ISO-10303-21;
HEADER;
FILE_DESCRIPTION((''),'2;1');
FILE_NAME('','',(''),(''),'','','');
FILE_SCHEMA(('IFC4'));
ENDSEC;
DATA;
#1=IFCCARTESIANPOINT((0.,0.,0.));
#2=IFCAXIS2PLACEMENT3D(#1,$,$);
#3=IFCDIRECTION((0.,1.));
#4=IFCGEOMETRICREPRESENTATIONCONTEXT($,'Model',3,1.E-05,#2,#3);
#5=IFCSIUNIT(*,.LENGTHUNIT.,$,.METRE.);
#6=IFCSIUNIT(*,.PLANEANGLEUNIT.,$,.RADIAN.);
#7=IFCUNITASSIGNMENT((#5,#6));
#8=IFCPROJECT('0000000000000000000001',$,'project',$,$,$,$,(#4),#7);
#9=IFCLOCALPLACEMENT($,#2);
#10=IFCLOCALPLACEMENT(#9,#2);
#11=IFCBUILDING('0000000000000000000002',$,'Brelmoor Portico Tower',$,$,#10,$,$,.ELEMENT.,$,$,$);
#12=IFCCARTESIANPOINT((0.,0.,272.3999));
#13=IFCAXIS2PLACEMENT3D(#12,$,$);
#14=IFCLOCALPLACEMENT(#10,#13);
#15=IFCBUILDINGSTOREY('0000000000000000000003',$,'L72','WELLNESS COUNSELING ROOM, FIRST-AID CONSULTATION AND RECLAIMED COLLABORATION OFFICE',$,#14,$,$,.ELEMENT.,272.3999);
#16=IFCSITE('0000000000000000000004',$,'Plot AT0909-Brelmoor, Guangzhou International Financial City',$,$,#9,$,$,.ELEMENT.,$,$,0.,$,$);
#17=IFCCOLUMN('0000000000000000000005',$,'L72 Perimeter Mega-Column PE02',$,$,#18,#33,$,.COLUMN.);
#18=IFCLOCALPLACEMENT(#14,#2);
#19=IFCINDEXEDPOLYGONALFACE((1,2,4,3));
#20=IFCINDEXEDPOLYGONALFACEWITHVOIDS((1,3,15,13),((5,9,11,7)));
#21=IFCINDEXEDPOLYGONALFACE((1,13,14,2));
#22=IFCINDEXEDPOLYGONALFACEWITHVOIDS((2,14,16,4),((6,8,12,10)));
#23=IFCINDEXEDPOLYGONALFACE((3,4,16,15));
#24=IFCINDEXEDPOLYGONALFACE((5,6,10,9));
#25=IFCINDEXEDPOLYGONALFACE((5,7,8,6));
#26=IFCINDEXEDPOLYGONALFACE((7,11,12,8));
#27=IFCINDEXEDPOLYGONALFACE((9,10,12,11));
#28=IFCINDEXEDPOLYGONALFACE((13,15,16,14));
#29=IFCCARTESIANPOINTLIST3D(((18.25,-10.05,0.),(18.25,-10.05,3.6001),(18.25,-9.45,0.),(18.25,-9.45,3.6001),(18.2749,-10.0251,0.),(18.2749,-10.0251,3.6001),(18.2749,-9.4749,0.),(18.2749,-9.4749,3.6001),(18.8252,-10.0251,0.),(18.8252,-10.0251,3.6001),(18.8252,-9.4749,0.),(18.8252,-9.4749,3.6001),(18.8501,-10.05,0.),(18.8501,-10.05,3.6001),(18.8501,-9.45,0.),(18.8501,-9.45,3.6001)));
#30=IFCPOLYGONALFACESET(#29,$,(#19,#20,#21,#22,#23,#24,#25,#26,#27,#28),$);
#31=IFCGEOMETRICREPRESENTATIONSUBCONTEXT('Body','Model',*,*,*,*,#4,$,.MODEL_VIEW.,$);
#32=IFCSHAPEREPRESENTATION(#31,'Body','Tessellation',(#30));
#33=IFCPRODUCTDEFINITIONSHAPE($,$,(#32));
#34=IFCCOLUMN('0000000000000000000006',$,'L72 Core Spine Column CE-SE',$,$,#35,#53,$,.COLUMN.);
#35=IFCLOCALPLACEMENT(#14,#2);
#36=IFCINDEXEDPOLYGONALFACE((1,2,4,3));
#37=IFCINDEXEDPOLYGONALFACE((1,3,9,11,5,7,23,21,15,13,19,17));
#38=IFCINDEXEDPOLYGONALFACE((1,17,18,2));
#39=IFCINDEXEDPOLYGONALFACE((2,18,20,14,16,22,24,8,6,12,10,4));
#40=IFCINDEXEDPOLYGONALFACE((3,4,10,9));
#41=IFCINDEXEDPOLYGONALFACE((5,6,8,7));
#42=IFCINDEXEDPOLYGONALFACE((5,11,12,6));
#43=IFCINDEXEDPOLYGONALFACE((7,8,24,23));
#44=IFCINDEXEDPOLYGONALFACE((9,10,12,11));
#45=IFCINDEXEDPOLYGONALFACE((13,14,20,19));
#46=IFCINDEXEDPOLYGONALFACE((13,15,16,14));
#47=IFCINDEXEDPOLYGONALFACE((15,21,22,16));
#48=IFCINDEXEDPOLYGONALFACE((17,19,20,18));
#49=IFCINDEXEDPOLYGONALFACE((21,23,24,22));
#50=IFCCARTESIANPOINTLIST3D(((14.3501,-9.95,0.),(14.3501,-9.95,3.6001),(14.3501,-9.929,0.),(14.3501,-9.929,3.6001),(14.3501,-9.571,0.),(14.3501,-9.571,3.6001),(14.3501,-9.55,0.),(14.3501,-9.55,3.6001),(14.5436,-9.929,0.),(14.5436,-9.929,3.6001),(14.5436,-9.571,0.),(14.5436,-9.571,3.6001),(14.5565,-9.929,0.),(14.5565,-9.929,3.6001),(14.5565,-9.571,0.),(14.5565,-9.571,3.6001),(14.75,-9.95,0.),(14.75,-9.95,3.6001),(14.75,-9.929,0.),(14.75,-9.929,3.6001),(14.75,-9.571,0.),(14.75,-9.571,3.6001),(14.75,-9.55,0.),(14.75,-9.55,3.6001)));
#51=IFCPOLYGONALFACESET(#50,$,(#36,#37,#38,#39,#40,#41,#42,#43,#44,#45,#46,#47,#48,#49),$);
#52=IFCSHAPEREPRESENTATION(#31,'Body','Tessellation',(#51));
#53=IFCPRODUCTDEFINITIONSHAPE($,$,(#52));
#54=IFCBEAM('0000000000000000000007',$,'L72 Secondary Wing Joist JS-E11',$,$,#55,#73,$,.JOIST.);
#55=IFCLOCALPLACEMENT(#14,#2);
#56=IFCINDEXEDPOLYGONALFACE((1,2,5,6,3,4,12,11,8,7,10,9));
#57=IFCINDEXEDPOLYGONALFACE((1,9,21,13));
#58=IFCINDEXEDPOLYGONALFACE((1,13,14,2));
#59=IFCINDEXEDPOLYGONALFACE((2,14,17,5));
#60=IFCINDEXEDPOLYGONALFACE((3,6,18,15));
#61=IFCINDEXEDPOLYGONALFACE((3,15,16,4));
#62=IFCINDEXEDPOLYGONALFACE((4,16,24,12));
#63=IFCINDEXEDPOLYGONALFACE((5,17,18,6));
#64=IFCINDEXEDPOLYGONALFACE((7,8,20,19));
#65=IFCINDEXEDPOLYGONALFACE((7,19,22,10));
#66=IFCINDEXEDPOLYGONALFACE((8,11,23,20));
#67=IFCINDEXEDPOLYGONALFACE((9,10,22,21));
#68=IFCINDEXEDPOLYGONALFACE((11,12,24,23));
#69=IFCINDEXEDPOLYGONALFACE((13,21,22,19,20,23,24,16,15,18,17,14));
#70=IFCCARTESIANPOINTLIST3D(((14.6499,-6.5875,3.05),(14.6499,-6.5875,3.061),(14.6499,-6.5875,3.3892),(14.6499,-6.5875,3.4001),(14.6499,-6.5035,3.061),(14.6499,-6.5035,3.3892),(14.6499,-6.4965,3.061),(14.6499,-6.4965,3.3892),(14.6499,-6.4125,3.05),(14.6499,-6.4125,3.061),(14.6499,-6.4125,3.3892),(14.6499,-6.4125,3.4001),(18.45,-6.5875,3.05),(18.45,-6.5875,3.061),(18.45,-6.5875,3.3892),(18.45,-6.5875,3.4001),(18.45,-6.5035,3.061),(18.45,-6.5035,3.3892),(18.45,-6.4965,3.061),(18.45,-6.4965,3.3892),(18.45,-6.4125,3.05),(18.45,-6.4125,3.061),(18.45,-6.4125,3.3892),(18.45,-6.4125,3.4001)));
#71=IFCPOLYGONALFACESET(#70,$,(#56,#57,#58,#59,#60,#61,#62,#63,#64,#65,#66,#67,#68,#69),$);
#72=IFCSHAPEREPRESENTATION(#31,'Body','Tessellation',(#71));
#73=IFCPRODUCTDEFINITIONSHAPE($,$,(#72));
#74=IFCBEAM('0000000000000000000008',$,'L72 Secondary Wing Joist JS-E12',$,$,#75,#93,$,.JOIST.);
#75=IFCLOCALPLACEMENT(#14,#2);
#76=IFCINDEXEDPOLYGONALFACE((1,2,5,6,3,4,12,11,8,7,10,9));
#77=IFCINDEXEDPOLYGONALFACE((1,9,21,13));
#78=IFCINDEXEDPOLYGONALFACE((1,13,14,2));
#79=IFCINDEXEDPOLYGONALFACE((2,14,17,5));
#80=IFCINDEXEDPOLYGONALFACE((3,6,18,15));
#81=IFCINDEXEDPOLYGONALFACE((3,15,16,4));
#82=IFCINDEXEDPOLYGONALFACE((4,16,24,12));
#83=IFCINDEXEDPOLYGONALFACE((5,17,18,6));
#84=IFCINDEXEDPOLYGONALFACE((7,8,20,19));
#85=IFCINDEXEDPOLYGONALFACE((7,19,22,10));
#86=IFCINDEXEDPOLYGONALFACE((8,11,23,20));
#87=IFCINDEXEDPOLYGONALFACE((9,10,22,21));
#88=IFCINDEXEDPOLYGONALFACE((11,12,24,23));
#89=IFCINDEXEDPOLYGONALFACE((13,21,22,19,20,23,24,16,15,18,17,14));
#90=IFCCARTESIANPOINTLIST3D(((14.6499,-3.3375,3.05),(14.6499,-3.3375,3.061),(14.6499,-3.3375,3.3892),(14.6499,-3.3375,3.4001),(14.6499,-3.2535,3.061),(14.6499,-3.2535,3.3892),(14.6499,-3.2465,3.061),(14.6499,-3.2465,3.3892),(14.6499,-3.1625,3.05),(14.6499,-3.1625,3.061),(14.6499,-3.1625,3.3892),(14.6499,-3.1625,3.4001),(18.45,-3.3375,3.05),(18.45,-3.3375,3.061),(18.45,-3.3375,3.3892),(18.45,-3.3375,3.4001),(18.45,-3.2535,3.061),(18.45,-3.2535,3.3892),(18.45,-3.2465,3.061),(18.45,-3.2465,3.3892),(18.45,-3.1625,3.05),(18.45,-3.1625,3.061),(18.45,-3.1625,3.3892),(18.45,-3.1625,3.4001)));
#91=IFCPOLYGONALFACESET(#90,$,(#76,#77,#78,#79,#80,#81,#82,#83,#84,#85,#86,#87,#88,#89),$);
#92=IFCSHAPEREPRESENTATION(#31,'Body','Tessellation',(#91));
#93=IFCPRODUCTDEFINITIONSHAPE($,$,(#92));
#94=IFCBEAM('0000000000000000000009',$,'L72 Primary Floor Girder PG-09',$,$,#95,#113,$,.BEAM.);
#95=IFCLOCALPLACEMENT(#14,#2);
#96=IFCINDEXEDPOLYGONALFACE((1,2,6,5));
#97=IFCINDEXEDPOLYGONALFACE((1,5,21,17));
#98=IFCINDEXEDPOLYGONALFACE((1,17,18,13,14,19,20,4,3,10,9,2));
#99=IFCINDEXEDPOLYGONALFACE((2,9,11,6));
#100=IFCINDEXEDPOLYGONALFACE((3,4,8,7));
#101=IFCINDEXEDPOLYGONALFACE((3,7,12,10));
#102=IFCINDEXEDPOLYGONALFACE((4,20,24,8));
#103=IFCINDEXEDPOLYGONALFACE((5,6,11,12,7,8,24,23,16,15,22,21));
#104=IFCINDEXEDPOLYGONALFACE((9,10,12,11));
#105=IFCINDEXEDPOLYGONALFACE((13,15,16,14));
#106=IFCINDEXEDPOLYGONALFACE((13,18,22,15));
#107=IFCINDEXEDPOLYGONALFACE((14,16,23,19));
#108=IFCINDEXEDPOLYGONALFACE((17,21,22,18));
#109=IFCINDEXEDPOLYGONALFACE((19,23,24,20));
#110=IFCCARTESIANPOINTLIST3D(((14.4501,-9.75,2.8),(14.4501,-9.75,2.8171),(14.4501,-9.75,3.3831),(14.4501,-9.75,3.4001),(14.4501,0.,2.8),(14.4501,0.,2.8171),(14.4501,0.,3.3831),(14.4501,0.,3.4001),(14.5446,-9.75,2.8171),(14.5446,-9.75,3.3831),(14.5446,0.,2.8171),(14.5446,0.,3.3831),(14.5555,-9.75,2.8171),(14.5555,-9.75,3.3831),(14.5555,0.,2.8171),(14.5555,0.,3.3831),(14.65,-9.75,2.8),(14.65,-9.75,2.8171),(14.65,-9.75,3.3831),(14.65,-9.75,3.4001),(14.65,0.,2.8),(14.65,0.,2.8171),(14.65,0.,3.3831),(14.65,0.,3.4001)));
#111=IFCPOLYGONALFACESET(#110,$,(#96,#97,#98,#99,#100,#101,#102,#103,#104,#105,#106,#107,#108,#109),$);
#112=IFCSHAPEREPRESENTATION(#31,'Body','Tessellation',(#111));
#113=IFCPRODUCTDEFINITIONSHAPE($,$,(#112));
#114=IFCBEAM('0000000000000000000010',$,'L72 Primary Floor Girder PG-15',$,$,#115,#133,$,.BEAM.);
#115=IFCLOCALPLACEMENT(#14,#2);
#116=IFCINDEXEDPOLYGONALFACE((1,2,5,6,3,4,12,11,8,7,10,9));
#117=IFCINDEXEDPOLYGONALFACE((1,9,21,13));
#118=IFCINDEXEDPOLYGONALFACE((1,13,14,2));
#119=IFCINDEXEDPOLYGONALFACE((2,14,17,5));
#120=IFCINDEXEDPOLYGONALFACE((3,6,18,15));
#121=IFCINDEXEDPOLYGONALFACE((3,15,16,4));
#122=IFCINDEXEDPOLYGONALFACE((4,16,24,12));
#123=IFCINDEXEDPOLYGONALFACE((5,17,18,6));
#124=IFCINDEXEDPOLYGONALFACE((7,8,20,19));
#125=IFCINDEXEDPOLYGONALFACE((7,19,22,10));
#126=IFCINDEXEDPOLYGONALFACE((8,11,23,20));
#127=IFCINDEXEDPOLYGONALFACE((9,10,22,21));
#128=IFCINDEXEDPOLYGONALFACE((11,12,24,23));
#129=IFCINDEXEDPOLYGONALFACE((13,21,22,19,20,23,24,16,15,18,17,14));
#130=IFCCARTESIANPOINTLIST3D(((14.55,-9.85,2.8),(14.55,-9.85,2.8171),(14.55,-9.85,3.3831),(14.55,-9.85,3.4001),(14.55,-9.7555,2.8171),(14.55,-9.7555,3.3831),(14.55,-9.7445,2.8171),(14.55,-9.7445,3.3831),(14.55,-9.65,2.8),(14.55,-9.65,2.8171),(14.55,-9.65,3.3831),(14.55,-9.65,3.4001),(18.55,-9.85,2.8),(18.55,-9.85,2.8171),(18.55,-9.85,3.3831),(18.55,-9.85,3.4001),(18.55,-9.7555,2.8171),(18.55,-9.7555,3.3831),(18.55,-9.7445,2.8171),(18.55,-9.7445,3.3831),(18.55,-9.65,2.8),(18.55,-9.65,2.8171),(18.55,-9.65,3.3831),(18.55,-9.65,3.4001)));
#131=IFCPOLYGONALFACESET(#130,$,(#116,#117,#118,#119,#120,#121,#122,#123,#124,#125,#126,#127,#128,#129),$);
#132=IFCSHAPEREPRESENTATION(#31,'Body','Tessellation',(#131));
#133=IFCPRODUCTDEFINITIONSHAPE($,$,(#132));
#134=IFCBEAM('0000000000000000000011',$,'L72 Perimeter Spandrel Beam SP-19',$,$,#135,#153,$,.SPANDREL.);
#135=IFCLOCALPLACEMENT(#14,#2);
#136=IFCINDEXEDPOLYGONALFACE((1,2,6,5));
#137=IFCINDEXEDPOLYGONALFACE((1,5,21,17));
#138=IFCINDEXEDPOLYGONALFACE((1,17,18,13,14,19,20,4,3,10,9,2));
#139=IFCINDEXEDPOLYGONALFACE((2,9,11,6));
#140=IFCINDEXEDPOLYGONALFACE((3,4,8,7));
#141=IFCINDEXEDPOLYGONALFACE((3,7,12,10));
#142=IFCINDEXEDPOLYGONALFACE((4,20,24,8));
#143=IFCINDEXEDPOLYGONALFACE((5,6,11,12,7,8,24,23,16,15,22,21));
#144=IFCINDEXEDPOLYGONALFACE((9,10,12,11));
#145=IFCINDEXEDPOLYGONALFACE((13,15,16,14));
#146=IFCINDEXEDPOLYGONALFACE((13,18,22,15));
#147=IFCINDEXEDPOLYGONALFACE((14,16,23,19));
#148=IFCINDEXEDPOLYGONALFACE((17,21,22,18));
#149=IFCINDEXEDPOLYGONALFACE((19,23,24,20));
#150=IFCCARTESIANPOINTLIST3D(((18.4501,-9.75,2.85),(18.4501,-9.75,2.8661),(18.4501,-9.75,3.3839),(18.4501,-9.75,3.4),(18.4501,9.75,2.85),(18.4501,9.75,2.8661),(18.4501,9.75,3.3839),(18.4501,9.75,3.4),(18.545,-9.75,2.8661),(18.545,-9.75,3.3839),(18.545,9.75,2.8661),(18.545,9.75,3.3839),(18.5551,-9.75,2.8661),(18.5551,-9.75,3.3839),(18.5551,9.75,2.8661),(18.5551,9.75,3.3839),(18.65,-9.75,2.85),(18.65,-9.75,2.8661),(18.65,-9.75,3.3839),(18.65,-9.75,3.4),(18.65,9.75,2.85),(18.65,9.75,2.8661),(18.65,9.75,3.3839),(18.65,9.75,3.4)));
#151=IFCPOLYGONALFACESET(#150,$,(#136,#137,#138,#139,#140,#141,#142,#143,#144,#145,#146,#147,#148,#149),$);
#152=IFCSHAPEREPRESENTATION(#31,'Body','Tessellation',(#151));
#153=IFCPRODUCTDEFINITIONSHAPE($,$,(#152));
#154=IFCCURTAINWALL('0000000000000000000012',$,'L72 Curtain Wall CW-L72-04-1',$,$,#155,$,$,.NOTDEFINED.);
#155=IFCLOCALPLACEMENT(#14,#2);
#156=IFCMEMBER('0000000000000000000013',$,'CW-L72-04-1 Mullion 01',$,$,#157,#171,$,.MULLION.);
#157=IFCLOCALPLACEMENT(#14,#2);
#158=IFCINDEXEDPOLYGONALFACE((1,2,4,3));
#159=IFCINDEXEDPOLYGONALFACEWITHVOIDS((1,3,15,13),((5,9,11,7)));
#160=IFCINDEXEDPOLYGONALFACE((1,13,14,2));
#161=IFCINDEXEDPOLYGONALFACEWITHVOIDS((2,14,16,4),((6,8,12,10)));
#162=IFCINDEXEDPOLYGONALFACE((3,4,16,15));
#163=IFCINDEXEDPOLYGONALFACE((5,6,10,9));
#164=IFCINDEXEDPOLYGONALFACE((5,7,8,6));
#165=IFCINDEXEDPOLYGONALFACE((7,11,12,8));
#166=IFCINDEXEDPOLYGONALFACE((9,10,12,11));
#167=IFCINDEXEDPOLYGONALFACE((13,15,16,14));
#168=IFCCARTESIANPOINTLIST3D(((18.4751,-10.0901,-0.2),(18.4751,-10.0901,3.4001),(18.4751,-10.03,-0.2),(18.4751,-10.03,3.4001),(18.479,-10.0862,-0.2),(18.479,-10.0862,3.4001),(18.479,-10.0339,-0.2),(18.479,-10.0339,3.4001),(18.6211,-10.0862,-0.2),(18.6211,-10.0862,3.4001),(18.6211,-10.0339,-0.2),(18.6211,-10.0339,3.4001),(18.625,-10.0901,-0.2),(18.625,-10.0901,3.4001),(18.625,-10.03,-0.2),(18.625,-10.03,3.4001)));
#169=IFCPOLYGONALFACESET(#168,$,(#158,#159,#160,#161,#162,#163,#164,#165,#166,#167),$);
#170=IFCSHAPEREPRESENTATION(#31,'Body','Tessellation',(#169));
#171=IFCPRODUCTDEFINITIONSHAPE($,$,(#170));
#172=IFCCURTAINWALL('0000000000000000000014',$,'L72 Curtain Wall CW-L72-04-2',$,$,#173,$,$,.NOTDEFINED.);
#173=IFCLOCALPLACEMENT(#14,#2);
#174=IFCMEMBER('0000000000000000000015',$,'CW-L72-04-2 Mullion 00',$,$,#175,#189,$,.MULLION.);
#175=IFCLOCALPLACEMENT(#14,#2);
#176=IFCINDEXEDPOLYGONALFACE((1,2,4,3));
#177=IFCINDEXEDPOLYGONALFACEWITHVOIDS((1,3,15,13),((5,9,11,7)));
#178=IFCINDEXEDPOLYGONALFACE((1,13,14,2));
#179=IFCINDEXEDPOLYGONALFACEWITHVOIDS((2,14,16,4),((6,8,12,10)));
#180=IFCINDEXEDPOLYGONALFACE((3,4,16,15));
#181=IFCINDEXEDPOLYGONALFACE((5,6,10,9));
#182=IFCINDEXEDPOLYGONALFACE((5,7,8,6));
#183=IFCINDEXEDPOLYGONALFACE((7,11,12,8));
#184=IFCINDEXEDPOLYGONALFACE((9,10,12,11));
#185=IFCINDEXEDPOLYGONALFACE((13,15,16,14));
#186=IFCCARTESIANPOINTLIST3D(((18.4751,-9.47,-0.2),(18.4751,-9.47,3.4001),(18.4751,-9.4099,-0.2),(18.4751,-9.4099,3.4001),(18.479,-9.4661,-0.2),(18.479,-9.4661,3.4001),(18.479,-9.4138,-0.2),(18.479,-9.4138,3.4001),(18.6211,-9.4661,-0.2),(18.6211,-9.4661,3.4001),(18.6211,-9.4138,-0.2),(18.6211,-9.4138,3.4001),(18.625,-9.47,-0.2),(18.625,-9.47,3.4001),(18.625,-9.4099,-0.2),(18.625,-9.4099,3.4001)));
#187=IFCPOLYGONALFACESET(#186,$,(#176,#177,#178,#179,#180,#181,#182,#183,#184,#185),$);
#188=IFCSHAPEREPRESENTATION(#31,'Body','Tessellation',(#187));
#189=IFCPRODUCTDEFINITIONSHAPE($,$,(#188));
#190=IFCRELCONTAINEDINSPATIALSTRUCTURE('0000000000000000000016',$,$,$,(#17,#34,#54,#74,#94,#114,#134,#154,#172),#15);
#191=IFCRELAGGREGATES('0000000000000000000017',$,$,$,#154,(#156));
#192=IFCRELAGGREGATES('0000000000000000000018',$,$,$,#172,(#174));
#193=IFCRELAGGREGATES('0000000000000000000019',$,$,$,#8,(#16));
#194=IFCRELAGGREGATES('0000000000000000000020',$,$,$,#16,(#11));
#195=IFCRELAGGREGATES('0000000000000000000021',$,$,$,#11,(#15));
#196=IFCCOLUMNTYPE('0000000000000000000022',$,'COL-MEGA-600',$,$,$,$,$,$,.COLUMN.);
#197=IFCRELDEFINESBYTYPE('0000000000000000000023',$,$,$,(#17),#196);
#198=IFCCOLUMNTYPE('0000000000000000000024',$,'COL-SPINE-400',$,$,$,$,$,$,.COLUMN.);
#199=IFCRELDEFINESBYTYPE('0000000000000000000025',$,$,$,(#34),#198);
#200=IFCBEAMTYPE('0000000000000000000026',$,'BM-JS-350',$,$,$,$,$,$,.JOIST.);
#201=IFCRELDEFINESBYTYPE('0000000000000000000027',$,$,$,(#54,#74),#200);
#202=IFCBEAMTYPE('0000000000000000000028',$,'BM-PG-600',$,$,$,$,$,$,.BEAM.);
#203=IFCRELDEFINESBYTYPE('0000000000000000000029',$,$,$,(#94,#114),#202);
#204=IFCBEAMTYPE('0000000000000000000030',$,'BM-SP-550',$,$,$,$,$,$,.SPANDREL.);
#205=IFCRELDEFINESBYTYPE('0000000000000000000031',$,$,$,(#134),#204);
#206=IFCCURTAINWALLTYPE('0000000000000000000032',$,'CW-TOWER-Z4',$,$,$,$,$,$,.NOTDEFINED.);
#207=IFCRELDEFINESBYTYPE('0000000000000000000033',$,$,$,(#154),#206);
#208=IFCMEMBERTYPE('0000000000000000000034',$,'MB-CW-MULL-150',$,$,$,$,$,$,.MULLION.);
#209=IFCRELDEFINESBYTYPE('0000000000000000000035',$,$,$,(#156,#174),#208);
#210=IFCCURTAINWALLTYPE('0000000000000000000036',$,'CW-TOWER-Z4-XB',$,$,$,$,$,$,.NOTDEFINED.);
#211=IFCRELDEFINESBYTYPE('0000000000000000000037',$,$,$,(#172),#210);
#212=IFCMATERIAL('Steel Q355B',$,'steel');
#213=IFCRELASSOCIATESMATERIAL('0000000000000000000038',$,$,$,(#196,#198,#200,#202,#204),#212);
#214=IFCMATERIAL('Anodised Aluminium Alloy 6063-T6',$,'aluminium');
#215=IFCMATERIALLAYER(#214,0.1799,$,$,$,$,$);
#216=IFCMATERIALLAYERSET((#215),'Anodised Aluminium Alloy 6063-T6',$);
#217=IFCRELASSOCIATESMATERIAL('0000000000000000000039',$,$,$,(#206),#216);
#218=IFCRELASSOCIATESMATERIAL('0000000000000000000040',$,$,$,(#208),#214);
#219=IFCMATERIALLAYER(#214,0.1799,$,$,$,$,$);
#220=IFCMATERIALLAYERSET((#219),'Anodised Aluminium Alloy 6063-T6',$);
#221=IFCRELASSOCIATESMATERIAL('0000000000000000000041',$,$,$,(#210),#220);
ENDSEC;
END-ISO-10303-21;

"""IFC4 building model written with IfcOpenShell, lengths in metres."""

from ifc_helpers import new_model, si_unit, direction, frame, origin, origin_2d, place, context, subcontext, project, spatial, hollow_rectangle, i_section, extrude, material, layer, layer_set, material_profile, profile_set, type_object, element, aggregate, save


model = new_model("IFC4")

# Units and contexts
model_context = context("Model", 3, precision=1e-05, world=origin(), true_north=direction((0.0, 1.0)))
body_context = subcontext(model_context, "Body", "Model", "MODEL_VIEW")
ifc_project = project(units=[si_unit("LENGTHUNIT", "METRE"), si_unit("PLANEANGLEUNIT", "RADIAN")], contexts=[model_context])

# Site, building, storey
site_placement = place(None, origin())
site = spatial("IfcSite", under=ifc_project, at=site_placement, Name="Plot AT0909-Brelmoor, Guangzhou International Financial City", CompositionType="ELEMENT", RefElevation=0.0)
building_placement = place(site_placement, origin())
building = spatial("IfcBuilding", under=site, at=building_placement, Name="Brelmoor Portico Tower", CompositionType="ELEMENT")
storey_placement = place(building_placement, frame((0.0, 0.0, 272.3999)))
storey = spatial("IfcBuildingStorey", under=building, at=storey_placement, Name="L72", Description="WELLNESS COUNSELING ROOM, FIRST-AID CONSULTATION AND RECLAIMED COLLABORATION OFFICE", CompositionType="ELEMENT", Elevation=272.3999)

# Columns
ifc_material_1 = material(Name="Steel Q355B", Category="steel")
ifc_material_profile_1 = material_profile(ifc_material_1, hollow_rectangle(XDim=0.6001, YDim=0.6001, WallThickness=0.0249, at=origin_2d()), Name="BOX 600x600x25")
ifc_profile_set_1 = profile_set([ifc_material_profile_1], Name="Steel Q355B")
column_type_1 = type_object("IfcColumnType", Name="COL-MEGA-600", PredefinedType="COLUMN", material=ifc_profile_set_1)
column_1_placement = place(storey_placement, frame((18.55, -9.75, 0.0), z_axis=(0.0, 0.0, 1.0), x_axis=(0.0, 1.0, 0.0)))
element("IfcColumn", 1, at=column_1_placement, inside=storey, type_object=column_type_1, Name="L72 Perimeter Mega-Column PE02", PredefinedType="COLUMN", context=body_context, shape_type="SweptSolid", body=[
    extrude(hollow_rectangle(XDim=0.6001, YDim=0.6001, WallThickness=0.0249, at=origin_2d()), origin(), (0.0, 0.0, 1.0), 3.6001),
])
ifc_material_profile_2 = material_profile(ifc_material_1, i_section(OverallWidth=0.3999, OverallDepth=0.3999, WebThickness=0.0129, FlangeThickness=0.021, at=origin_2d()), Name="HW 400x400x13x21")
ifc_profile_set_2 = profile_set([ifc_material_profile_2], Name="Steel Q355B")
column_type_2 = type_object("IfcColumnType", Name="COL-SPINE-400", PredefinedType="COLUMN", material=ifc_profile_set_2)
column_2_placement = place(storey_placement, frame((14.55, -9.75, 0.0), z_axis=(0.0, 0.0, 1.0), x_axis=(1.0, 0.0, 0.0)))
element("IfcColumn", 2, at=column_2_placement, inside=storey, type_object=column_type_2, Name="L72 Core Spine Column CE-SE", PredefinedType="COLUMN", context=body_context, shape_type="SweptSolid", body=[
    extrude(i_section(OverallWidth=0.3999, OverallDepth=0.3999, WebThickness=0.0129, FlangeThickness=0.021, at=origin_2d()), origin(), (0.0, 0.0, 1.0), 3.6001),
])

# Beams
ifc_material_profile_3 = material_profile(ifc_material_1, i_section(OverallWidth=0.175, OverallDepth=0.3501, WebThickness=0.0071, FlangeThickness=0.011, at=origin_2d()), Name="HN 350x175x7x11")
ifc_profile_set_3 = profile_set([ifc_material_profile_3], Name="Steel Q355B")
beam_type_1 = type_object("IfcBeamType", Name="BM-JS-350", PredefinedType="JOIST", material=ifc_profile_set_3)
for number, where, z_axis, x_axis, name in (
    (3, (14.6499, -6.5, 3.2251), (1.0, 0.0, 0.0), (0.0, 1.0, 0.0), "L72 Secondary Wing Joist JS-E11"),
    (4, (14.6499, -3.25, 3.2251), (1.0, 0.0, 0.0), (0.0, 1.0, 0.0), "L72 Secondary Wing Joist JS-E12"),
):
    element("IfcBeam", number, at=place(storey_placement, frame(where, z_axis=z_axis, x_axis=x_axis)), inside=storey, type_object=beam_type_1, Name=name, PredefinedType="JOIST", context=body_context, shape_type="SweptSolid", body=[
        extrude(i_section(OverallWidth=0.175, OverallDepth=0.3501, WebThickness=0.0071, FlangeThickness=0.011, at=origin_2d()), origin(), (0.0, 0.0, 1.0), 3.8),
    ])
ifc_material_profile_4 = material_profile(ifc_material_1, i_section(OverallWidth=0.2, OverallDepth=0.6001, WebThickness=0.011, FlangeThickness=0.0171, at=origin_2d()), Name="HN 600x200x11x17")
ifc_profile_set_4 = profile_set([ifc_material_profile_4], Name="Steel Q355B")
beam_type_2 = type_object("IfcBeamType", Name="BM-PG-600", PredefinedType="BEAM", material=ifc_profile_set_4)
beam_1_placement = place(storey_placement, frame((14.55, -9.75, 3.1001), z_axis=(0.0, 1.0, 0.0), x_axis=(-1.0, 0.0, 0.0)))
element("IfcBeam", 5, at=beam_1_placement, inside=storey, type_object=beam_type_2, Name="L72 Primary Floor Girder PG-09", PredefinedType="BEAM", context=body_context, shape_type="SweptSolid", body=[
    extrude(i_section(OverallWidth=0.2, OverallDepth=0.6001, WebThickness=0.011, FlangeThickness=0.0171, at=origin_2d()), origin(), (0.0, 0.0, 1.0), 9.75),
])
beam_2_placement = place(storey_placement, frame((14.55, -9.75, 3.1001), z_axis=(1.0, 0.0, 0.0), x_axis=(0.0, 1.0, 0.0)))
element("IfcBeam", 6, at=beam_2_placement, inside=storey, type_object=beam_type_2, Name="L72 Primary Floor Girder PG-15", PredefinedType="BEAM", context=body_context, shape_type="SweptSolid", body=[
    extrude(i_section(OverallWidth=0.2, OverallDepth=0.6001, WebThickness=0.011, FlangeThickness=0.0171, at=origin_2d()), origin(), (0.0, 0.0, 1.0), 4.0),
])
ifc_material_profile_5 = material_profile(ifc_material_1, i_section(OverallWidth=0.2, OverallDepth=0.55, WebThickness=0.01, FlangeThickness=0.0161, at=origin_2d()), Name="HN 550x200x10x16")
ifc_profile_set_5 = profile_set([ifc_material_profile_5], Name="Steel Q355B")
beam_type_3 = type_object("IfcBeamType", Name="BM-SP-550", PredefinedType="SPANDREL", material=ifc_profile_set_5)
beam_3_placement = place(storey_placement, frame((18.55, -9.75, 3.125), z_axis=(0.0, 1.0, 0.0), x_axis=(-1.0, 0.0, 0.0)))
element("IfcBeam", 7, at=beam_3_placement, inside=storey, type_object=beam_type_3, Name="L72 Perimeter Spandrel Beam SP-19", PredefinedType="SPANDREL", context=body_context, shape_type="SweptSolid", body=[
    extrude(i_section(OverallWidth=0.2, OverallDepth=0.55, WebThickness=0.01, FlangeThickness=0.0161, at=origin_2d()), origin(), (0.0, 0.0, 1.0), 19.5),
])

# Curtain wall, member
ifc_material_2 = material(Name="Anodised Aluminium Alloy 6063-T6", Category="aluminium")
ifc_layer_1 = layer(ifc_material_2, 0.1799)
ifc_layer_set_1 = layer_set([ifc_layer_1], Name="Anodised Aluminium Alloy 6063-T6")
curtain_wall_type_1 = type_object("IfcCurtainWallType", Name="CW-TOWER-Z4", PredefinedType="NOTDEFINED", material=ifc_layer_set_1)
curtain_wall_1_placement = place(storey_placement, origin())
curtain_wall_1 = element("IfcCurtainWall", 8, at=curtain_wall_1_placement, inside=storey, type_object=curtain_wall_type_1, Name="L72 Curtain Wall CW-L72-04-1", PredefinedType="NOTDEFINED")
ifc_material_profile_6 = material_profile(ifc_material_2, hollow_rectangle(XDim=0.0601, YDim=0.1499, WallThickness=0.0039, at=origin_2d()), Name="ALU MULLION 60x150")
ifc_profile_set_6 = profile_set([ifc_material_profile_6], Name="Anodised Aluminium Alloy 6063-T6")
member_type_1 = type_object("IfcMemberType", Name="MB-CW-MULL-150", PredefinedType="MULLION", material=ifc_profile_set_6)
member_1_placement = place(storey_placement, frame((18.55, -10.0601, -0.2), z_axis=(0.0, 0.0, 1.0), x_axis=(0.0, 1.0, 0.0)))
member_1 = element("IfcMember", 9, at=member_1_placement, type_object=member_type_1, Name="CW-L72-04-1 Mullion 01", PredefinedType="MULLION", context=body_context, shape_type="SweptSolid", body=[
    extrude(hollow_rectangle(XDim=0.0601, YDim=0.1499, WallThickness=0.0039, at=origin_2d()), origin(), (0.0, 0.0, 1.0), 3.6001),
])
aggregate(curtain_wall_1, [member_1])

# Curtain wall, member
ifc_layer_2 = layer(ifc_material_2, 0.1799)
ifc_layer_set_2 = layer_set([ifc_layer_2], Name="Anodised Aluminium Alloy 6063-T6")
curtain_wall_type_2 = type_object("IfcCurtainWallType", Name="CW-TOWER-Z4-XB", PredefinedType="NOTDEFINED", material=ifc_layer_set_2)
curtain_wall_2_placement = place(storey_placement, origin())
curtain_wall_2 = element("IfcCurtainWall", 10, at=curtain_wall_2_placement, inside=storey, type_object=curtain_wall_type_2, Name="L72 Curtain Wall CW-L72-04-2", PredefinedType="NOTDEFINED")
member_2_placement = place(storey_placement, frame((18.55, -9.4399, -0.2), z_axis=(0.0, 0.0, 1.0), x_axis=(0.0, 1.0, 0.0)))
member_2 = element("IfcMember", 11, at=member_2_placement, type_object=member_type_1, Name="CW-L72-04-2 Mullion 00", PredefinedType="MULLION", context=body_context, shape_type="SweptSolid", body=[
    extrude(hollow_rectangle(XDim=0.0601, YDim=0.1499, WallThickness=0.0039, at=origin_2d()), origin(), (0.0, 0.0, 1.0), 3.6001),
])
aggregate(curtain_wall_2, [member_2])

save(model, "model.ifc")
